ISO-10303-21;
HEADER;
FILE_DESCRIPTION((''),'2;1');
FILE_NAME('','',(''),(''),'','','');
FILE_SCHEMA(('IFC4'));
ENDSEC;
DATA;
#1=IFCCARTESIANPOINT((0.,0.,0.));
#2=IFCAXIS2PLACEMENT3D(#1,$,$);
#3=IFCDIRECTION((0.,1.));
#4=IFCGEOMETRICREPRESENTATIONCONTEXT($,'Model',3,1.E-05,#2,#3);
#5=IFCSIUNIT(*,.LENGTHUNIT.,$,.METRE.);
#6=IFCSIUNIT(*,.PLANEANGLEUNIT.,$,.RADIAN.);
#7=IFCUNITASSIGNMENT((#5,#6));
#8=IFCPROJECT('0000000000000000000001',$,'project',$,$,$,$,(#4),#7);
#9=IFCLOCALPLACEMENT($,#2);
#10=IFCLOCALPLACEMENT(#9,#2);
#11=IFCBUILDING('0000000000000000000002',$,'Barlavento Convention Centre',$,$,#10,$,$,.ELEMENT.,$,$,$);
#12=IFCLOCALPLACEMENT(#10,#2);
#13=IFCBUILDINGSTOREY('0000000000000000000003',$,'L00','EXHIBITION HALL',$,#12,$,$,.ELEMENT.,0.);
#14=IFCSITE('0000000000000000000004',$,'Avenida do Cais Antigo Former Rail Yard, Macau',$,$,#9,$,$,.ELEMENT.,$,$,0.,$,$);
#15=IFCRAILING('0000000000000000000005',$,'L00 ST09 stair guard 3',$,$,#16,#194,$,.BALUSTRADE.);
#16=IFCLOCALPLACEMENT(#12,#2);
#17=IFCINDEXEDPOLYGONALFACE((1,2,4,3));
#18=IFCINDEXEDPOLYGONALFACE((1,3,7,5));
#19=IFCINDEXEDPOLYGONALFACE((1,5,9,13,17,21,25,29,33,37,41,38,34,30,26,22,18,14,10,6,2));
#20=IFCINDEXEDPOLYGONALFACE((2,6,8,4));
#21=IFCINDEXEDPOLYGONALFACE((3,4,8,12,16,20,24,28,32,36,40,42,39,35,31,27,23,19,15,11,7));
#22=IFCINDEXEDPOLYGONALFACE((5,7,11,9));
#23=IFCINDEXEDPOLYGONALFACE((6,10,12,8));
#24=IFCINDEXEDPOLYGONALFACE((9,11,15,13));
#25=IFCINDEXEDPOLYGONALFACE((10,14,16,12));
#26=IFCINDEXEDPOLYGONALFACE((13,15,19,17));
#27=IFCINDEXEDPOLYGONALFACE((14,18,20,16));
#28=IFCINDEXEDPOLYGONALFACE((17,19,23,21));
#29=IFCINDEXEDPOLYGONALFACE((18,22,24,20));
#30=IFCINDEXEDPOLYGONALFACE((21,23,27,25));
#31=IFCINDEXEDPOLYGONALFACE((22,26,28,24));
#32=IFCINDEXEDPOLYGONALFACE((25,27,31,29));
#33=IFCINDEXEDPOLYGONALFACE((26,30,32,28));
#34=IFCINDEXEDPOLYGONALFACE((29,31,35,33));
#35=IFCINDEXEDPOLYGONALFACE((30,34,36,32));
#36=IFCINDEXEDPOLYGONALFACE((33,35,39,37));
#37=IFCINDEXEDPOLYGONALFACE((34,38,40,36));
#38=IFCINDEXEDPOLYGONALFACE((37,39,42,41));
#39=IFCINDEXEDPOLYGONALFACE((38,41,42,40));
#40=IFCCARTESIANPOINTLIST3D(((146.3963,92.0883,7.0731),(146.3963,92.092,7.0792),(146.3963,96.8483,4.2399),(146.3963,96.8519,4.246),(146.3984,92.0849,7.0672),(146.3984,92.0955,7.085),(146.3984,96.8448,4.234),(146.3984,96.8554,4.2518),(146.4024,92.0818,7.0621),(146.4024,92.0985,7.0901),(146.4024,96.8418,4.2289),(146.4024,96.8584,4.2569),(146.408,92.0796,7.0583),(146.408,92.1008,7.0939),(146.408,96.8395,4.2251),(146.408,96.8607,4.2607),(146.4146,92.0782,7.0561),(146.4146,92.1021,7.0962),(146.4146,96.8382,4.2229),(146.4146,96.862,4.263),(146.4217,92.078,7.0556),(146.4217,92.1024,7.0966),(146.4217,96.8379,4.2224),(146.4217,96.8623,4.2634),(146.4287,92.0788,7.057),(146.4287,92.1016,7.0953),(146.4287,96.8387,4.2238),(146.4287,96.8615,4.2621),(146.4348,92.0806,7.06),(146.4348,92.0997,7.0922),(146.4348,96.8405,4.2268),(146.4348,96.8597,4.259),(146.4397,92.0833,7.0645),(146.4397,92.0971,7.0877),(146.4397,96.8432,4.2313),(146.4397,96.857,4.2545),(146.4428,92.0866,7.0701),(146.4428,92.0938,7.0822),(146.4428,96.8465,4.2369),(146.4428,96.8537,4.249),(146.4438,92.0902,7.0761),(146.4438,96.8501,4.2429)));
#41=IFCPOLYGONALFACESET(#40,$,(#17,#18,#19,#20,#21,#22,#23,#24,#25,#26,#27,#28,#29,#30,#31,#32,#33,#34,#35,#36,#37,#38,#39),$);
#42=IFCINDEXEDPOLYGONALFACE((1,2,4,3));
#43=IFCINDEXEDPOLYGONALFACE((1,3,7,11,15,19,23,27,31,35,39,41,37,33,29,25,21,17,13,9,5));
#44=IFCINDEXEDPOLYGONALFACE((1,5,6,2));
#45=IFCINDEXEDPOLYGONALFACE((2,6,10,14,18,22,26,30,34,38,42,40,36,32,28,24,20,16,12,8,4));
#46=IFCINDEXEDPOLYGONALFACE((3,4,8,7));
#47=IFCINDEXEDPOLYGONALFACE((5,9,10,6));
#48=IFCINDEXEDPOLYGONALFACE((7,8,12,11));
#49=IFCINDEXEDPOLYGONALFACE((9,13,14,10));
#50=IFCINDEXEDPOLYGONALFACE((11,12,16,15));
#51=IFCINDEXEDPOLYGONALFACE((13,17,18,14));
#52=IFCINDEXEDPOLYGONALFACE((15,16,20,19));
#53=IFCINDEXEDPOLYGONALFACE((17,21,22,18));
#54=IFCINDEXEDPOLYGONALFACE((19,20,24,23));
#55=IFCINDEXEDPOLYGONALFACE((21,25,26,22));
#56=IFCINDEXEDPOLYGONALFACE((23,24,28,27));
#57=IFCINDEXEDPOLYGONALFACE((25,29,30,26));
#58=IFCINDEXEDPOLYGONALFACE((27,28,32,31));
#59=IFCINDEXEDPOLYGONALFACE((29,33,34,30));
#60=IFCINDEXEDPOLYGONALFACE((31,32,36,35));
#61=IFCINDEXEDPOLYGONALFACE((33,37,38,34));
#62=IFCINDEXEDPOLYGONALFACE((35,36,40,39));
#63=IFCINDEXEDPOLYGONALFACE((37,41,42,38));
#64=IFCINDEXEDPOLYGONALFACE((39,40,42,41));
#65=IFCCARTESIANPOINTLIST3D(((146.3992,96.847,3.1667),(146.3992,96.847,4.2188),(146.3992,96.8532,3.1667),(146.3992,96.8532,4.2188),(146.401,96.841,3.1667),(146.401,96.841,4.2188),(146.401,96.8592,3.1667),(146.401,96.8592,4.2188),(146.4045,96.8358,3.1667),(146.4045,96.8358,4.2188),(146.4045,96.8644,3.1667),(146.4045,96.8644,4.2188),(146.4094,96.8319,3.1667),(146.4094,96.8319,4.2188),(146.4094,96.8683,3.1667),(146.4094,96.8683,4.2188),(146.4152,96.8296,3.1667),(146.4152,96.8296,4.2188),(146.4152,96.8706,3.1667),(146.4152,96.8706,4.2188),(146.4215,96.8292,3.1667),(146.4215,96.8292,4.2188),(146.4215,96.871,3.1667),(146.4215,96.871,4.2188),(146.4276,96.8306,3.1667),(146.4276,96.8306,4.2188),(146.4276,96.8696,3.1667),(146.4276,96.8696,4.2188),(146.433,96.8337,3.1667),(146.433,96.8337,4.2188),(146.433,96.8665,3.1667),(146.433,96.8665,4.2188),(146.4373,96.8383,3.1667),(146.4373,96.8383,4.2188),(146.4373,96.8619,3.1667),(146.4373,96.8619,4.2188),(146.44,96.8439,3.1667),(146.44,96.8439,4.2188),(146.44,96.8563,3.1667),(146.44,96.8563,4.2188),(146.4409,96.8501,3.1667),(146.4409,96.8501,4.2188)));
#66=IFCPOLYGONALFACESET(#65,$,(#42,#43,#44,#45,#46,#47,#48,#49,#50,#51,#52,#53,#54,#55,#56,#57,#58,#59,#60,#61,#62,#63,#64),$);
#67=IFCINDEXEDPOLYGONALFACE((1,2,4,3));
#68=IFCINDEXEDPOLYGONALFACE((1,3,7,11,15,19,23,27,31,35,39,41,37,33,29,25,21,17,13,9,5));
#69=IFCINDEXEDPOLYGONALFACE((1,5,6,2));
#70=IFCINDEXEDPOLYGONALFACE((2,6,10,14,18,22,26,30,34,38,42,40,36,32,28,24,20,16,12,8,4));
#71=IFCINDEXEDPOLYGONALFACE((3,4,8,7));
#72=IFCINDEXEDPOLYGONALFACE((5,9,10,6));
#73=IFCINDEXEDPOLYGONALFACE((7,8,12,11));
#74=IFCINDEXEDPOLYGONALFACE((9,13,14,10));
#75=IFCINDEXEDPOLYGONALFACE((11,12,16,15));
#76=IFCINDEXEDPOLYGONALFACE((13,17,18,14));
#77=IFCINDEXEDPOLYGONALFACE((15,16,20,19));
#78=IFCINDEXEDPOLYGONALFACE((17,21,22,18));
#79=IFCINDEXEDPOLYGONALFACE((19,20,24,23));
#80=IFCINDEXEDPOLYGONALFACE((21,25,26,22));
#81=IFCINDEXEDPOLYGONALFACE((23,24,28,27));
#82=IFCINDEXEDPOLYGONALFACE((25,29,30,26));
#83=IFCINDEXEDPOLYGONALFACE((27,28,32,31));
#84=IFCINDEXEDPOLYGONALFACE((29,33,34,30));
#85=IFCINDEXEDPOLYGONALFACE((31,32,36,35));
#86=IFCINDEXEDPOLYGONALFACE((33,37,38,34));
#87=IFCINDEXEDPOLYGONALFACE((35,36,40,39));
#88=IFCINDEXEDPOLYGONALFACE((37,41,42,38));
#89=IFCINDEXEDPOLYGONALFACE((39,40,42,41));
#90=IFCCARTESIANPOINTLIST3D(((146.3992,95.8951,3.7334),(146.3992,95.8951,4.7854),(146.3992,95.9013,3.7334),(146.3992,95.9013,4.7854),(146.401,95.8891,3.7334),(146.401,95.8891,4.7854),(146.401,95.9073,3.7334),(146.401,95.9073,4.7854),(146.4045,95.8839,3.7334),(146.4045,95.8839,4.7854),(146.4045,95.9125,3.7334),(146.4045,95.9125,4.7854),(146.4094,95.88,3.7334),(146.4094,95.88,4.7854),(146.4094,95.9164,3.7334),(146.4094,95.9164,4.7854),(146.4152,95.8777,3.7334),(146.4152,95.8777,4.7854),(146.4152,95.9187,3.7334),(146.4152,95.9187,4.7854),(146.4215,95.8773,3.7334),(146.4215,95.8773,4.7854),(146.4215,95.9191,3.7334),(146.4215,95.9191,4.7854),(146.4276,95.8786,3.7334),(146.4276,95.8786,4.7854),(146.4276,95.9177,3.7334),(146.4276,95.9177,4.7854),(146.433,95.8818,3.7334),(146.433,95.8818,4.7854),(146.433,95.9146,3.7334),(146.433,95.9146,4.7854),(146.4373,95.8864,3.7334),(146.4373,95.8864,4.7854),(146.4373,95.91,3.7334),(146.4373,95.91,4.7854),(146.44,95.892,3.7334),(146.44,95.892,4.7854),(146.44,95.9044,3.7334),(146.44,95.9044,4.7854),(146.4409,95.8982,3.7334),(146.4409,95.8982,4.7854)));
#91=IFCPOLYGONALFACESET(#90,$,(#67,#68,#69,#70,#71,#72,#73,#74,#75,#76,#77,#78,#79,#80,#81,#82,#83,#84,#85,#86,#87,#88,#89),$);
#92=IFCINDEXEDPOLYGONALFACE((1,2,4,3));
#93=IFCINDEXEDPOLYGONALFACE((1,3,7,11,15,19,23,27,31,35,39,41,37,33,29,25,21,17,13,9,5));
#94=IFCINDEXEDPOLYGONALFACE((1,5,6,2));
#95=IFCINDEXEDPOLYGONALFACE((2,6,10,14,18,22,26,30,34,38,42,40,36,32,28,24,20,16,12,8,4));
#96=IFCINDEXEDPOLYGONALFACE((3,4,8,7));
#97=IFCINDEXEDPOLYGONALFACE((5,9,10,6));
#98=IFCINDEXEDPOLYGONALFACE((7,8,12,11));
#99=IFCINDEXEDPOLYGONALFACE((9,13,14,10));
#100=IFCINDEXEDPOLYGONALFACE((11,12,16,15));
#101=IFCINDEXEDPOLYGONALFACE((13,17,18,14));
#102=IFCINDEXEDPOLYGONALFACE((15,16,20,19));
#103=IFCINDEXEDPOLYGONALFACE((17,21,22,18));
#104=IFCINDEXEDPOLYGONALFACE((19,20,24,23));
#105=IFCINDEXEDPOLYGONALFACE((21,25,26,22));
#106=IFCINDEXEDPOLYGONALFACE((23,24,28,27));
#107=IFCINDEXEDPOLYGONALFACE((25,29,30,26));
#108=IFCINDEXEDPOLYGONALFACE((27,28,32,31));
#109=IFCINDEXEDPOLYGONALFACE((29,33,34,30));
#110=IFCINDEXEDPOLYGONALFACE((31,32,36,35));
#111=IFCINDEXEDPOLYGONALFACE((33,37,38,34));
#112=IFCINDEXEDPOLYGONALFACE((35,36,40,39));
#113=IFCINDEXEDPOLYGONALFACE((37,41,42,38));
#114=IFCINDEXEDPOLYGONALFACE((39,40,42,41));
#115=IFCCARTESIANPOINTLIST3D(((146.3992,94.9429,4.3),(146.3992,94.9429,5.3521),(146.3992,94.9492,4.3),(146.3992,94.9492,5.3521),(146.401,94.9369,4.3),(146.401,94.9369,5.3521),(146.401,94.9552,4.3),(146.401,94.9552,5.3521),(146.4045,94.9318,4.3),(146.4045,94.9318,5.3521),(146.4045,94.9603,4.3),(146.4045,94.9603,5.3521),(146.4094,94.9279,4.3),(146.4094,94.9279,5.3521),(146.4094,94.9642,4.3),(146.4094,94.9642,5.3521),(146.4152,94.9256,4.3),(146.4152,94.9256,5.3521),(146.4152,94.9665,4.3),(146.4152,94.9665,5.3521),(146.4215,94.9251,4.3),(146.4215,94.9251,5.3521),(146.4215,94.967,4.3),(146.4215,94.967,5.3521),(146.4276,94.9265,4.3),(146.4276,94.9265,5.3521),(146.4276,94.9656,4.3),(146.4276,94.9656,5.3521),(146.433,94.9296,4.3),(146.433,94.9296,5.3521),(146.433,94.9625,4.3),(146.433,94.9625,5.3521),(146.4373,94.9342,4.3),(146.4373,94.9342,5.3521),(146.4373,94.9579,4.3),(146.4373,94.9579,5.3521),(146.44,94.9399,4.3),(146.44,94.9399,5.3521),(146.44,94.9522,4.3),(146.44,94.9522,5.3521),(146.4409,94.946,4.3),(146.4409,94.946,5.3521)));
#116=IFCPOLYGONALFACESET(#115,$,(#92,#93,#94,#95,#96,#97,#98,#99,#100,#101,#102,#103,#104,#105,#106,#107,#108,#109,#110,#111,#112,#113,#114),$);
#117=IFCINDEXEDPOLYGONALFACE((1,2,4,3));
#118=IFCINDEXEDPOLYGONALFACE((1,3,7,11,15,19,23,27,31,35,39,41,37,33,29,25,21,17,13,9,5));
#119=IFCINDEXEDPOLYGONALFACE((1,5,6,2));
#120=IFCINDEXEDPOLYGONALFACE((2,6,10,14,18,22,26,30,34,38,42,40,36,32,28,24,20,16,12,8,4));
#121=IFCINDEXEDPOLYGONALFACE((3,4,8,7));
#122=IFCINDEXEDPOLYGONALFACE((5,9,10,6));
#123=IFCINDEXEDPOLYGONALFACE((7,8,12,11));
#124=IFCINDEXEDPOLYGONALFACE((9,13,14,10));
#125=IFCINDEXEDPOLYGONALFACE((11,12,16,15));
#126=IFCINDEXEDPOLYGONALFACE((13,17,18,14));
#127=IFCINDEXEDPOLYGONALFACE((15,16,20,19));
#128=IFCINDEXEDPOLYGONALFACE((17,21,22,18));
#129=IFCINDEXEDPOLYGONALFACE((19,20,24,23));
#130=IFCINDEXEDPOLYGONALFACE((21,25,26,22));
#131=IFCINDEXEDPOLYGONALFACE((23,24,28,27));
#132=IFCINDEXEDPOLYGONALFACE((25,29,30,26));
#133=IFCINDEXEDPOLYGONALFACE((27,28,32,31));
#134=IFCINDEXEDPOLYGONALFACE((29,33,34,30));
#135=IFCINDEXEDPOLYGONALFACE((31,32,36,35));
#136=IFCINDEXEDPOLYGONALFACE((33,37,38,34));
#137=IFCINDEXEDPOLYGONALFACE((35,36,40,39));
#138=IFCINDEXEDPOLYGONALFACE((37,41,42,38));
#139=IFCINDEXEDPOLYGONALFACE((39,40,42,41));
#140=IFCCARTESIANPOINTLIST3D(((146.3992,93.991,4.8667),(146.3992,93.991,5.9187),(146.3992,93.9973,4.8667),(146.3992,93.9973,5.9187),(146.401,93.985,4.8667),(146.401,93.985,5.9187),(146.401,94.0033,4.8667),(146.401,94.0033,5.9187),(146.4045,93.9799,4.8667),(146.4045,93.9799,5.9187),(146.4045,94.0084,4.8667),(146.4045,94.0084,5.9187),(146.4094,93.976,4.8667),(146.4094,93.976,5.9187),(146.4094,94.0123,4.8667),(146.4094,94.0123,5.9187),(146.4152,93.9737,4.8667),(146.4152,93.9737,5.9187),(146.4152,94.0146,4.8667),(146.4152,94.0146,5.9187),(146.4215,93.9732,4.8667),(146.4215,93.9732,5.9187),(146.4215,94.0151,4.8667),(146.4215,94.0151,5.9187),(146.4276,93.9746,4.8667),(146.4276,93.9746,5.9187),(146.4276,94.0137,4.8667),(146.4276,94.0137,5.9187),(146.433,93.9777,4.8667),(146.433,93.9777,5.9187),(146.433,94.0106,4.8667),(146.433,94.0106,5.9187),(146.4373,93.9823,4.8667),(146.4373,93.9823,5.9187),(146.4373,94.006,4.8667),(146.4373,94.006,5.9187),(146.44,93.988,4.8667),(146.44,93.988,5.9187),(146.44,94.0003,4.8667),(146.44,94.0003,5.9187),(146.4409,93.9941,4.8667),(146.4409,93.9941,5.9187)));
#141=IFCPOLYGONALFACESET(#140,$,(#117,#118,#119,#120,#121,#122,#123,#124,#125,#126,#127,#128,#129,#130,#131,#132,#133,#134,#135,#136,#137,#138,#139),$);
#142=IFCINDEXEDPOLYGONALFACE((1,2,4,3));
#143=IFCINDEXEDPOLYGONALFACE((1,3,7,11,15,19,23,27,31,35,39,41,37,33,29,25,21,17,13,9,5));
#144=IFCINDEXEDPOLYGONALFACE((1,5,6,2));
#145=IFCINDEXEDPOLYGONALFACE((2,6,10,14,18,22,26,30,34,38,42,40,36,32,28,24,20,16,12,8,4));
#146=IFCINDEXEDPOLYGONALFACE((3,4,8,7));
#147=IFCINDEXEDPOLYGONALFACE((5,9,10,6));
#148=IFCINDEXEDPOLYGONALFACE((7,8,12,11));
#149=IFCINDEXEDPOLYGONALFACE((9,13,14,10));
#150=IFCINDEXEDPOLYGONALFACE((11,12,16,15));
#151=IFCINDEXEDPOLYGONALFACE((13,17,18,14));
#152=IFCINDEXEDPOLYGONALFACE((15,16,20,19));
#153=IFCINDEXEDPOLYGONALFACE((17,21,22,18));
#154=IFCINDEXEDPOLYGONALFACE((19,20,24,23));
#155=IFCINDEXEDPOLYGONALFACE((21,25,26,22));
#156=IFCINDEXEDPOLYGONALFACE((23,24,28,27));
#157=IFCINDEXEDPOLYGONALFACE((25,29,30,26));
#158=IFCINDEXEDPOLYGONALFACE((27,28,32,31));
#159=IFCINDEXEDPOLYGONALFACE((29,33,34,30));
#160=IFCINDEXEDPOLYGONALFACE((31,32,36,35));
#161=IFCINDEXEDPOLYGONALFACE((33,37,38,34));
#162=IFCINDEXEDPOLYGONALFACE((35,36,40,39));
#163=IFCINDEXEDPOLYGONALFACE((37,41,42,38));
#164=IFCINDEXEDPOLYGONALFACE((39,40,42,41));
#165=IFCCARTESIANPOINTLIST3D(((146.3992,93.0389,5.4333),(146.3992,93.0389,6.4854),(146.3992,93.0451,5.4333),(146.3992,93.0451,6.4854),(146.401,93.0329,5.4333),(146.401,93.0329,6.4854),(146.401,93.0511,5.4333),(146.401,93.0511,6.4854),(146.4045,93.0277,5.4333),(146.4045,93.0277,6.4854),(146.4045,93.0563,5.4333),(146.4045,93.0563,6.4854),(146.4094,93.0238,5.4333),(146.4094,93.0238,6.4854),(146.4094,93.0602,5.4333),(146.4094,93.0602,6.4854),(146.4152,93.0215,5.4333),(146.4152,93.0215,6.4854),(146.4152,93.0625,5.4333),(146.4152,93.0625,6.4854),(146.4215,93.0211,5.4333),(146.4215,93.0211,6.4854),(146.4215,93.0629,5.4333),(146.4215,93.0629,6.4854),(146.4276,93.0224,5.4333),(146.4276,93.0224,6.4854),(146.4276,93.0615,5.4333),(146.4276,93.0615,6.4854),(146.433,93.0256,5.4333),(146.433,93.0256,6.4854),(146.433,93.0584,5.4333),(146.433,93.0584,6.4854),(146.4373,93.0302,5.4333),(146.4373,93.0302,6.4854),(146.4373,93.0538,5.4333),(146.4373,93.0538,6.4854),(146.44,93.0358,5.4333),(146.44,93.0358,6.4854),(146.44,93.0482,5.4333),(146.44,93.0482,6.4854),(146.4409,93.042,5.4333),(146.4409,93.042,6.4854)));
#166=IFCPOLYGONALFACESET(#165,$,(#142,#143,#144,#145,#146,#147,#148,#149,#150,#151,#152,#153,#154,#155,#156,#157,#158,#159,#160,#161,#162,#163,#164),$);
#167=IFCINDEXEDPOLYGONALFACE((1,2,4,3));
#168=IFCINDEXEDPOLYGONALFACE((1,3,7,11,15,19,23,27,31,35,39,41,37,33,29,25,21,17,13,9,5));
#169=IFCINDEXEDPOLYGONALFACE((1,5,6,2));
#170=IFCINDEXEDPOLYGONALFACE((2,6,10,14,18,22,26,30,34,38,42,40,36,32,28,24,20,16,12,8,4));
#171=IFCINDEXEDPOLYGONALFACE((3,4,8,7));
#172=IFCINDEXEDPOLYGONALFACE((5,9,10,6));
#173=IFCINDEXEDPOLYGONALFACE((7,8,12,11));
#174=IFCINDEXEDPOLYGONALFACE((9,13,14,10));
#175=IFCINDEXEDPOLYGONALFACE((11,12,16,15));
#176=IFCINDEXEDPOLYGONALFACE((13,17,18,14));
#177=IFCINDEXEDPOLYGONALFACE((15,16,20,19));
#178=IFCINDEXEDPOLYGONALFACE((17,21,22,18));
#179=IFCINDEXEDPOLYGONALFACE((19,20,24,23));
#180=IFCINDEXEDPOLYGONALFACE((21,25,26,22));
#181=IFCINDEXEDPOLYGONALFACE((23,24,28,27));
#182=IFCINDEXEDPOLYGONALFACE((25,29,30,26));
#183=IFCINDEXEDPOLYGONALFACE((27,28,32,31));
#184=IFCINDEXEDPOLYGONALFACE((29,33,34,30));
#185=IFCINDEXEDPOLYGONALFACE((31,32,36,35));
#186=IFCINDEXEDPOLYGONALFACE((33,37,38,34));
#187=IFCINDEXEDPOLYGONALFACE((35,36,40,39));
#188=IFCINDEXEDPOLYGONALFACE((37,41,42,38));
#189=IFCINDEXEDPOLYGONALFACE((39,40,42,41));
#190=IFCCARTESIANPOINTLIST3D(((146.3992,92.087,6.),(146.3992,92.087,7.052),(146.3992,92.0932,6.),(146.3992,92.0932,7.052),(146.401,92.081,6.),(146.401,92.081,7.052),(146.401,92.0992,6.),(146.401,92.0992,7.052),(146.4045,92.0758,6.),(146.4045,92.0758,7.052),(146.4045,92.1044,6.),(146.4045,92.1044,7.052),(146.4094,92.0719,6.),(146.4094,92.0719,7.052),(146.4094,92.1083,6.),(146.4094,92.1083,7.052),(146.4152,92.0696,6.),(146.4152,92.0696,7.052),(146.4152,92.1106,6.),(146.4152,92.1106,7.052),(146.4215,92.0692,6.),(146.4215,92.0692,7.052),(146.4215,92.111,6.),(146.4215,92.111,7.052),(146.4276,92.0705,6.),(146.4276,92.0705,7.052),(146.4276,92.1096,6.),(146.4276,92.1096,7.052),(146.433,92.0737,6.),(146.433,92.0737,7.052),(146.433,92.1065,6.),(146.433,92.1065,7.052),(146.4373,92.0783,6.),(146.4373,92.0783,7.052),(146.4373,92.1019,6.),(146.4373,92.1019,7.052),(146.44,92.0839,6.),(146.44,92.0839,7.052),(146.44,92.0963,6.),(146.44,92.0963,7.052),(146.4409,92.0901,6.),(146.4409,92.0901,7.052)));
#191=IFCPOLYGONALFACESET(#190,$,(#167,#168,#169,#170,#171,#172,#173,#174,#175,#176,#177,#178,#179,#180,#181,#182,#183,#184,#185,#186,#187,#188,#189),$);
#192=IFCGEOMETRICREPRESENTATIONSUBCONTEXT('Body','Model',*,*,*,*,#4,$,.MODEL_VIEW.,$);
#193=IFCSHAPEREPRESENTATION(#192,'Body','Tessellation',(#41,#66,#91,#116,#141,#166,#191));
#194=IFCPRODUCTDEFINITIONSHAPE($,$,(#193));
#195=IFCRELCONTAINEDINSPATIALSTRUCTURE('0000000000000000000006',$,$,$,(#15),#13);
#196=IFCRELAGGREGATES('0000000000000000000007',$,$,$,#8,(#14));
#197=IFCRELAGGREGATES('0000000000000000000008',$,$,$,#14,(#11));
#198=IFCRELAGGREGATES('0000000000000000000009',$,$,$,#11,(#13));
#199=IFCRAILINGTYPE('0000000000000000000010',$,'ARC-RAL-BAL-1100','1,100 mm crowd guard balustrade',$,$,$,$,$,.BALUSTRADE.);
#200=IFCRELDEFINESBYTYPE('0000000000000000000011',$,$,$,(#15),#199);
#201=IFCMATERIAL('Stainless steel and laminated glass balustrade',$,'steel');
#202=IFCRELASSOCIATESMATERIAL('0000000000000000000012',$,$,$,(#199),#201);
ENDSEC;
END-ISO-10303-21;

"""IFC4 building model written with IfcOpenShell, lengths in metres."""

from ifc_helpers import new_model, si_unit, direction, frame, origin, origin_2d, place, context, subcontext, project, spatial, circle, extrude, material, type_object, element, save


model = new_model("IFC4")

# Units and contexts
model_context = context("Model", 3, precision=1e-05, world=origin(), true_north=direction((0.0, 1.0)))
body_context = subcontext(model_context, "Body", "Model", "MODEL_VIEW")
ifc_project = project(units=[si_unit("LENGTHUNIT", "METRE"), si_unit("PLANEANGLEUNIT", "RADIAN")], contexts=[model_context])

# Site, building, storey
site_placement = place(None, origin())
site = spatial("IfcSite", under=ifc_project, at=site_placement, Name="Avenida do Cais Antigo Former Rail Yard, Macau", CompositionType="ELEMENT", RefElevation=0.0)
building_placement = place(site_placement, origin())
building = spatial("IfcBuilding", under=site, at=building_placement, Name="Barlavento Convention Centre", CompositionType="ELEMENT")
storey_placement = place(building_placement, origin())
storey = spatial("IfcBuildingStorey", under=building, at=storey_placement, Name="L00", Description="EXHIBITION HALL", CompositionType="ELEMENT", Elevation=0.0)

# Railing
ifc_material_1 = material(Name="Stainless steel and laminated glass balustrade", Category="steel")
railing_type_1 = type_object("IfcRailingType", Name="ARC-RAL-BAL-1100", Description="1,100 mm crowd guard balustrade", PredefinedType="BALUSTRADE", material=ifc_material_1)
railing_1_placement = place(storey_placement, frame((146.4199, 96.8501, 3.1667)))
element("IfcRailing", 1, at=railing_1_placement, inside=storey, type_object=railing_type_1, Name="L00 ST09 stair guard 3", PredefinedType="BALUSTRADE", context=body_context, shape_type="SweptSolid", body=[
    extrude(circle(Radius=0.0239, at=origin_2d()), frame((0.0, 0.0, 1.0762), z_axis=(0.0, -0.8593, 0.511472), x_axis=(1.0, 0.0, 0.0)), (0.0, 0.0, 1.0), 5.5393),
    extrude(circle(Radius=0.021, at=origin_2d()), origin(), (0.0, 0.0, 1.0), 1.052),
    extrude(circle(Radius=0.021, at=origin_2d()), frame((0.0, -0.9519, 0.5667)), (0.0, 0.0, 1.0), 1.052),
    extrude(circle(Radius=0.021, at=origin_2d()), frame((0.0, -1.9041, 1.1333)), (0.0, 0.0, 1.0), 1.052),
    extrude(circle(Radius=0.021, at=origin_2d()), frame((0.0, -2.856, 1.7)), (0.0, 0.0, 1.0), 1.052),
    extrude(circle(Radius=0.021, at=origin_2d()), frame((0.0, -3.8081, 2.2666)), (0.0, 0.0, 1.0), 1.052),
    extrude(circle(Radius=0.021, at=origin_2d()), frame((0.0, -4.76, 2.8333)), (0.0, 0.0, 1.0), 1.052),
])

save(model, "model.ifc")
